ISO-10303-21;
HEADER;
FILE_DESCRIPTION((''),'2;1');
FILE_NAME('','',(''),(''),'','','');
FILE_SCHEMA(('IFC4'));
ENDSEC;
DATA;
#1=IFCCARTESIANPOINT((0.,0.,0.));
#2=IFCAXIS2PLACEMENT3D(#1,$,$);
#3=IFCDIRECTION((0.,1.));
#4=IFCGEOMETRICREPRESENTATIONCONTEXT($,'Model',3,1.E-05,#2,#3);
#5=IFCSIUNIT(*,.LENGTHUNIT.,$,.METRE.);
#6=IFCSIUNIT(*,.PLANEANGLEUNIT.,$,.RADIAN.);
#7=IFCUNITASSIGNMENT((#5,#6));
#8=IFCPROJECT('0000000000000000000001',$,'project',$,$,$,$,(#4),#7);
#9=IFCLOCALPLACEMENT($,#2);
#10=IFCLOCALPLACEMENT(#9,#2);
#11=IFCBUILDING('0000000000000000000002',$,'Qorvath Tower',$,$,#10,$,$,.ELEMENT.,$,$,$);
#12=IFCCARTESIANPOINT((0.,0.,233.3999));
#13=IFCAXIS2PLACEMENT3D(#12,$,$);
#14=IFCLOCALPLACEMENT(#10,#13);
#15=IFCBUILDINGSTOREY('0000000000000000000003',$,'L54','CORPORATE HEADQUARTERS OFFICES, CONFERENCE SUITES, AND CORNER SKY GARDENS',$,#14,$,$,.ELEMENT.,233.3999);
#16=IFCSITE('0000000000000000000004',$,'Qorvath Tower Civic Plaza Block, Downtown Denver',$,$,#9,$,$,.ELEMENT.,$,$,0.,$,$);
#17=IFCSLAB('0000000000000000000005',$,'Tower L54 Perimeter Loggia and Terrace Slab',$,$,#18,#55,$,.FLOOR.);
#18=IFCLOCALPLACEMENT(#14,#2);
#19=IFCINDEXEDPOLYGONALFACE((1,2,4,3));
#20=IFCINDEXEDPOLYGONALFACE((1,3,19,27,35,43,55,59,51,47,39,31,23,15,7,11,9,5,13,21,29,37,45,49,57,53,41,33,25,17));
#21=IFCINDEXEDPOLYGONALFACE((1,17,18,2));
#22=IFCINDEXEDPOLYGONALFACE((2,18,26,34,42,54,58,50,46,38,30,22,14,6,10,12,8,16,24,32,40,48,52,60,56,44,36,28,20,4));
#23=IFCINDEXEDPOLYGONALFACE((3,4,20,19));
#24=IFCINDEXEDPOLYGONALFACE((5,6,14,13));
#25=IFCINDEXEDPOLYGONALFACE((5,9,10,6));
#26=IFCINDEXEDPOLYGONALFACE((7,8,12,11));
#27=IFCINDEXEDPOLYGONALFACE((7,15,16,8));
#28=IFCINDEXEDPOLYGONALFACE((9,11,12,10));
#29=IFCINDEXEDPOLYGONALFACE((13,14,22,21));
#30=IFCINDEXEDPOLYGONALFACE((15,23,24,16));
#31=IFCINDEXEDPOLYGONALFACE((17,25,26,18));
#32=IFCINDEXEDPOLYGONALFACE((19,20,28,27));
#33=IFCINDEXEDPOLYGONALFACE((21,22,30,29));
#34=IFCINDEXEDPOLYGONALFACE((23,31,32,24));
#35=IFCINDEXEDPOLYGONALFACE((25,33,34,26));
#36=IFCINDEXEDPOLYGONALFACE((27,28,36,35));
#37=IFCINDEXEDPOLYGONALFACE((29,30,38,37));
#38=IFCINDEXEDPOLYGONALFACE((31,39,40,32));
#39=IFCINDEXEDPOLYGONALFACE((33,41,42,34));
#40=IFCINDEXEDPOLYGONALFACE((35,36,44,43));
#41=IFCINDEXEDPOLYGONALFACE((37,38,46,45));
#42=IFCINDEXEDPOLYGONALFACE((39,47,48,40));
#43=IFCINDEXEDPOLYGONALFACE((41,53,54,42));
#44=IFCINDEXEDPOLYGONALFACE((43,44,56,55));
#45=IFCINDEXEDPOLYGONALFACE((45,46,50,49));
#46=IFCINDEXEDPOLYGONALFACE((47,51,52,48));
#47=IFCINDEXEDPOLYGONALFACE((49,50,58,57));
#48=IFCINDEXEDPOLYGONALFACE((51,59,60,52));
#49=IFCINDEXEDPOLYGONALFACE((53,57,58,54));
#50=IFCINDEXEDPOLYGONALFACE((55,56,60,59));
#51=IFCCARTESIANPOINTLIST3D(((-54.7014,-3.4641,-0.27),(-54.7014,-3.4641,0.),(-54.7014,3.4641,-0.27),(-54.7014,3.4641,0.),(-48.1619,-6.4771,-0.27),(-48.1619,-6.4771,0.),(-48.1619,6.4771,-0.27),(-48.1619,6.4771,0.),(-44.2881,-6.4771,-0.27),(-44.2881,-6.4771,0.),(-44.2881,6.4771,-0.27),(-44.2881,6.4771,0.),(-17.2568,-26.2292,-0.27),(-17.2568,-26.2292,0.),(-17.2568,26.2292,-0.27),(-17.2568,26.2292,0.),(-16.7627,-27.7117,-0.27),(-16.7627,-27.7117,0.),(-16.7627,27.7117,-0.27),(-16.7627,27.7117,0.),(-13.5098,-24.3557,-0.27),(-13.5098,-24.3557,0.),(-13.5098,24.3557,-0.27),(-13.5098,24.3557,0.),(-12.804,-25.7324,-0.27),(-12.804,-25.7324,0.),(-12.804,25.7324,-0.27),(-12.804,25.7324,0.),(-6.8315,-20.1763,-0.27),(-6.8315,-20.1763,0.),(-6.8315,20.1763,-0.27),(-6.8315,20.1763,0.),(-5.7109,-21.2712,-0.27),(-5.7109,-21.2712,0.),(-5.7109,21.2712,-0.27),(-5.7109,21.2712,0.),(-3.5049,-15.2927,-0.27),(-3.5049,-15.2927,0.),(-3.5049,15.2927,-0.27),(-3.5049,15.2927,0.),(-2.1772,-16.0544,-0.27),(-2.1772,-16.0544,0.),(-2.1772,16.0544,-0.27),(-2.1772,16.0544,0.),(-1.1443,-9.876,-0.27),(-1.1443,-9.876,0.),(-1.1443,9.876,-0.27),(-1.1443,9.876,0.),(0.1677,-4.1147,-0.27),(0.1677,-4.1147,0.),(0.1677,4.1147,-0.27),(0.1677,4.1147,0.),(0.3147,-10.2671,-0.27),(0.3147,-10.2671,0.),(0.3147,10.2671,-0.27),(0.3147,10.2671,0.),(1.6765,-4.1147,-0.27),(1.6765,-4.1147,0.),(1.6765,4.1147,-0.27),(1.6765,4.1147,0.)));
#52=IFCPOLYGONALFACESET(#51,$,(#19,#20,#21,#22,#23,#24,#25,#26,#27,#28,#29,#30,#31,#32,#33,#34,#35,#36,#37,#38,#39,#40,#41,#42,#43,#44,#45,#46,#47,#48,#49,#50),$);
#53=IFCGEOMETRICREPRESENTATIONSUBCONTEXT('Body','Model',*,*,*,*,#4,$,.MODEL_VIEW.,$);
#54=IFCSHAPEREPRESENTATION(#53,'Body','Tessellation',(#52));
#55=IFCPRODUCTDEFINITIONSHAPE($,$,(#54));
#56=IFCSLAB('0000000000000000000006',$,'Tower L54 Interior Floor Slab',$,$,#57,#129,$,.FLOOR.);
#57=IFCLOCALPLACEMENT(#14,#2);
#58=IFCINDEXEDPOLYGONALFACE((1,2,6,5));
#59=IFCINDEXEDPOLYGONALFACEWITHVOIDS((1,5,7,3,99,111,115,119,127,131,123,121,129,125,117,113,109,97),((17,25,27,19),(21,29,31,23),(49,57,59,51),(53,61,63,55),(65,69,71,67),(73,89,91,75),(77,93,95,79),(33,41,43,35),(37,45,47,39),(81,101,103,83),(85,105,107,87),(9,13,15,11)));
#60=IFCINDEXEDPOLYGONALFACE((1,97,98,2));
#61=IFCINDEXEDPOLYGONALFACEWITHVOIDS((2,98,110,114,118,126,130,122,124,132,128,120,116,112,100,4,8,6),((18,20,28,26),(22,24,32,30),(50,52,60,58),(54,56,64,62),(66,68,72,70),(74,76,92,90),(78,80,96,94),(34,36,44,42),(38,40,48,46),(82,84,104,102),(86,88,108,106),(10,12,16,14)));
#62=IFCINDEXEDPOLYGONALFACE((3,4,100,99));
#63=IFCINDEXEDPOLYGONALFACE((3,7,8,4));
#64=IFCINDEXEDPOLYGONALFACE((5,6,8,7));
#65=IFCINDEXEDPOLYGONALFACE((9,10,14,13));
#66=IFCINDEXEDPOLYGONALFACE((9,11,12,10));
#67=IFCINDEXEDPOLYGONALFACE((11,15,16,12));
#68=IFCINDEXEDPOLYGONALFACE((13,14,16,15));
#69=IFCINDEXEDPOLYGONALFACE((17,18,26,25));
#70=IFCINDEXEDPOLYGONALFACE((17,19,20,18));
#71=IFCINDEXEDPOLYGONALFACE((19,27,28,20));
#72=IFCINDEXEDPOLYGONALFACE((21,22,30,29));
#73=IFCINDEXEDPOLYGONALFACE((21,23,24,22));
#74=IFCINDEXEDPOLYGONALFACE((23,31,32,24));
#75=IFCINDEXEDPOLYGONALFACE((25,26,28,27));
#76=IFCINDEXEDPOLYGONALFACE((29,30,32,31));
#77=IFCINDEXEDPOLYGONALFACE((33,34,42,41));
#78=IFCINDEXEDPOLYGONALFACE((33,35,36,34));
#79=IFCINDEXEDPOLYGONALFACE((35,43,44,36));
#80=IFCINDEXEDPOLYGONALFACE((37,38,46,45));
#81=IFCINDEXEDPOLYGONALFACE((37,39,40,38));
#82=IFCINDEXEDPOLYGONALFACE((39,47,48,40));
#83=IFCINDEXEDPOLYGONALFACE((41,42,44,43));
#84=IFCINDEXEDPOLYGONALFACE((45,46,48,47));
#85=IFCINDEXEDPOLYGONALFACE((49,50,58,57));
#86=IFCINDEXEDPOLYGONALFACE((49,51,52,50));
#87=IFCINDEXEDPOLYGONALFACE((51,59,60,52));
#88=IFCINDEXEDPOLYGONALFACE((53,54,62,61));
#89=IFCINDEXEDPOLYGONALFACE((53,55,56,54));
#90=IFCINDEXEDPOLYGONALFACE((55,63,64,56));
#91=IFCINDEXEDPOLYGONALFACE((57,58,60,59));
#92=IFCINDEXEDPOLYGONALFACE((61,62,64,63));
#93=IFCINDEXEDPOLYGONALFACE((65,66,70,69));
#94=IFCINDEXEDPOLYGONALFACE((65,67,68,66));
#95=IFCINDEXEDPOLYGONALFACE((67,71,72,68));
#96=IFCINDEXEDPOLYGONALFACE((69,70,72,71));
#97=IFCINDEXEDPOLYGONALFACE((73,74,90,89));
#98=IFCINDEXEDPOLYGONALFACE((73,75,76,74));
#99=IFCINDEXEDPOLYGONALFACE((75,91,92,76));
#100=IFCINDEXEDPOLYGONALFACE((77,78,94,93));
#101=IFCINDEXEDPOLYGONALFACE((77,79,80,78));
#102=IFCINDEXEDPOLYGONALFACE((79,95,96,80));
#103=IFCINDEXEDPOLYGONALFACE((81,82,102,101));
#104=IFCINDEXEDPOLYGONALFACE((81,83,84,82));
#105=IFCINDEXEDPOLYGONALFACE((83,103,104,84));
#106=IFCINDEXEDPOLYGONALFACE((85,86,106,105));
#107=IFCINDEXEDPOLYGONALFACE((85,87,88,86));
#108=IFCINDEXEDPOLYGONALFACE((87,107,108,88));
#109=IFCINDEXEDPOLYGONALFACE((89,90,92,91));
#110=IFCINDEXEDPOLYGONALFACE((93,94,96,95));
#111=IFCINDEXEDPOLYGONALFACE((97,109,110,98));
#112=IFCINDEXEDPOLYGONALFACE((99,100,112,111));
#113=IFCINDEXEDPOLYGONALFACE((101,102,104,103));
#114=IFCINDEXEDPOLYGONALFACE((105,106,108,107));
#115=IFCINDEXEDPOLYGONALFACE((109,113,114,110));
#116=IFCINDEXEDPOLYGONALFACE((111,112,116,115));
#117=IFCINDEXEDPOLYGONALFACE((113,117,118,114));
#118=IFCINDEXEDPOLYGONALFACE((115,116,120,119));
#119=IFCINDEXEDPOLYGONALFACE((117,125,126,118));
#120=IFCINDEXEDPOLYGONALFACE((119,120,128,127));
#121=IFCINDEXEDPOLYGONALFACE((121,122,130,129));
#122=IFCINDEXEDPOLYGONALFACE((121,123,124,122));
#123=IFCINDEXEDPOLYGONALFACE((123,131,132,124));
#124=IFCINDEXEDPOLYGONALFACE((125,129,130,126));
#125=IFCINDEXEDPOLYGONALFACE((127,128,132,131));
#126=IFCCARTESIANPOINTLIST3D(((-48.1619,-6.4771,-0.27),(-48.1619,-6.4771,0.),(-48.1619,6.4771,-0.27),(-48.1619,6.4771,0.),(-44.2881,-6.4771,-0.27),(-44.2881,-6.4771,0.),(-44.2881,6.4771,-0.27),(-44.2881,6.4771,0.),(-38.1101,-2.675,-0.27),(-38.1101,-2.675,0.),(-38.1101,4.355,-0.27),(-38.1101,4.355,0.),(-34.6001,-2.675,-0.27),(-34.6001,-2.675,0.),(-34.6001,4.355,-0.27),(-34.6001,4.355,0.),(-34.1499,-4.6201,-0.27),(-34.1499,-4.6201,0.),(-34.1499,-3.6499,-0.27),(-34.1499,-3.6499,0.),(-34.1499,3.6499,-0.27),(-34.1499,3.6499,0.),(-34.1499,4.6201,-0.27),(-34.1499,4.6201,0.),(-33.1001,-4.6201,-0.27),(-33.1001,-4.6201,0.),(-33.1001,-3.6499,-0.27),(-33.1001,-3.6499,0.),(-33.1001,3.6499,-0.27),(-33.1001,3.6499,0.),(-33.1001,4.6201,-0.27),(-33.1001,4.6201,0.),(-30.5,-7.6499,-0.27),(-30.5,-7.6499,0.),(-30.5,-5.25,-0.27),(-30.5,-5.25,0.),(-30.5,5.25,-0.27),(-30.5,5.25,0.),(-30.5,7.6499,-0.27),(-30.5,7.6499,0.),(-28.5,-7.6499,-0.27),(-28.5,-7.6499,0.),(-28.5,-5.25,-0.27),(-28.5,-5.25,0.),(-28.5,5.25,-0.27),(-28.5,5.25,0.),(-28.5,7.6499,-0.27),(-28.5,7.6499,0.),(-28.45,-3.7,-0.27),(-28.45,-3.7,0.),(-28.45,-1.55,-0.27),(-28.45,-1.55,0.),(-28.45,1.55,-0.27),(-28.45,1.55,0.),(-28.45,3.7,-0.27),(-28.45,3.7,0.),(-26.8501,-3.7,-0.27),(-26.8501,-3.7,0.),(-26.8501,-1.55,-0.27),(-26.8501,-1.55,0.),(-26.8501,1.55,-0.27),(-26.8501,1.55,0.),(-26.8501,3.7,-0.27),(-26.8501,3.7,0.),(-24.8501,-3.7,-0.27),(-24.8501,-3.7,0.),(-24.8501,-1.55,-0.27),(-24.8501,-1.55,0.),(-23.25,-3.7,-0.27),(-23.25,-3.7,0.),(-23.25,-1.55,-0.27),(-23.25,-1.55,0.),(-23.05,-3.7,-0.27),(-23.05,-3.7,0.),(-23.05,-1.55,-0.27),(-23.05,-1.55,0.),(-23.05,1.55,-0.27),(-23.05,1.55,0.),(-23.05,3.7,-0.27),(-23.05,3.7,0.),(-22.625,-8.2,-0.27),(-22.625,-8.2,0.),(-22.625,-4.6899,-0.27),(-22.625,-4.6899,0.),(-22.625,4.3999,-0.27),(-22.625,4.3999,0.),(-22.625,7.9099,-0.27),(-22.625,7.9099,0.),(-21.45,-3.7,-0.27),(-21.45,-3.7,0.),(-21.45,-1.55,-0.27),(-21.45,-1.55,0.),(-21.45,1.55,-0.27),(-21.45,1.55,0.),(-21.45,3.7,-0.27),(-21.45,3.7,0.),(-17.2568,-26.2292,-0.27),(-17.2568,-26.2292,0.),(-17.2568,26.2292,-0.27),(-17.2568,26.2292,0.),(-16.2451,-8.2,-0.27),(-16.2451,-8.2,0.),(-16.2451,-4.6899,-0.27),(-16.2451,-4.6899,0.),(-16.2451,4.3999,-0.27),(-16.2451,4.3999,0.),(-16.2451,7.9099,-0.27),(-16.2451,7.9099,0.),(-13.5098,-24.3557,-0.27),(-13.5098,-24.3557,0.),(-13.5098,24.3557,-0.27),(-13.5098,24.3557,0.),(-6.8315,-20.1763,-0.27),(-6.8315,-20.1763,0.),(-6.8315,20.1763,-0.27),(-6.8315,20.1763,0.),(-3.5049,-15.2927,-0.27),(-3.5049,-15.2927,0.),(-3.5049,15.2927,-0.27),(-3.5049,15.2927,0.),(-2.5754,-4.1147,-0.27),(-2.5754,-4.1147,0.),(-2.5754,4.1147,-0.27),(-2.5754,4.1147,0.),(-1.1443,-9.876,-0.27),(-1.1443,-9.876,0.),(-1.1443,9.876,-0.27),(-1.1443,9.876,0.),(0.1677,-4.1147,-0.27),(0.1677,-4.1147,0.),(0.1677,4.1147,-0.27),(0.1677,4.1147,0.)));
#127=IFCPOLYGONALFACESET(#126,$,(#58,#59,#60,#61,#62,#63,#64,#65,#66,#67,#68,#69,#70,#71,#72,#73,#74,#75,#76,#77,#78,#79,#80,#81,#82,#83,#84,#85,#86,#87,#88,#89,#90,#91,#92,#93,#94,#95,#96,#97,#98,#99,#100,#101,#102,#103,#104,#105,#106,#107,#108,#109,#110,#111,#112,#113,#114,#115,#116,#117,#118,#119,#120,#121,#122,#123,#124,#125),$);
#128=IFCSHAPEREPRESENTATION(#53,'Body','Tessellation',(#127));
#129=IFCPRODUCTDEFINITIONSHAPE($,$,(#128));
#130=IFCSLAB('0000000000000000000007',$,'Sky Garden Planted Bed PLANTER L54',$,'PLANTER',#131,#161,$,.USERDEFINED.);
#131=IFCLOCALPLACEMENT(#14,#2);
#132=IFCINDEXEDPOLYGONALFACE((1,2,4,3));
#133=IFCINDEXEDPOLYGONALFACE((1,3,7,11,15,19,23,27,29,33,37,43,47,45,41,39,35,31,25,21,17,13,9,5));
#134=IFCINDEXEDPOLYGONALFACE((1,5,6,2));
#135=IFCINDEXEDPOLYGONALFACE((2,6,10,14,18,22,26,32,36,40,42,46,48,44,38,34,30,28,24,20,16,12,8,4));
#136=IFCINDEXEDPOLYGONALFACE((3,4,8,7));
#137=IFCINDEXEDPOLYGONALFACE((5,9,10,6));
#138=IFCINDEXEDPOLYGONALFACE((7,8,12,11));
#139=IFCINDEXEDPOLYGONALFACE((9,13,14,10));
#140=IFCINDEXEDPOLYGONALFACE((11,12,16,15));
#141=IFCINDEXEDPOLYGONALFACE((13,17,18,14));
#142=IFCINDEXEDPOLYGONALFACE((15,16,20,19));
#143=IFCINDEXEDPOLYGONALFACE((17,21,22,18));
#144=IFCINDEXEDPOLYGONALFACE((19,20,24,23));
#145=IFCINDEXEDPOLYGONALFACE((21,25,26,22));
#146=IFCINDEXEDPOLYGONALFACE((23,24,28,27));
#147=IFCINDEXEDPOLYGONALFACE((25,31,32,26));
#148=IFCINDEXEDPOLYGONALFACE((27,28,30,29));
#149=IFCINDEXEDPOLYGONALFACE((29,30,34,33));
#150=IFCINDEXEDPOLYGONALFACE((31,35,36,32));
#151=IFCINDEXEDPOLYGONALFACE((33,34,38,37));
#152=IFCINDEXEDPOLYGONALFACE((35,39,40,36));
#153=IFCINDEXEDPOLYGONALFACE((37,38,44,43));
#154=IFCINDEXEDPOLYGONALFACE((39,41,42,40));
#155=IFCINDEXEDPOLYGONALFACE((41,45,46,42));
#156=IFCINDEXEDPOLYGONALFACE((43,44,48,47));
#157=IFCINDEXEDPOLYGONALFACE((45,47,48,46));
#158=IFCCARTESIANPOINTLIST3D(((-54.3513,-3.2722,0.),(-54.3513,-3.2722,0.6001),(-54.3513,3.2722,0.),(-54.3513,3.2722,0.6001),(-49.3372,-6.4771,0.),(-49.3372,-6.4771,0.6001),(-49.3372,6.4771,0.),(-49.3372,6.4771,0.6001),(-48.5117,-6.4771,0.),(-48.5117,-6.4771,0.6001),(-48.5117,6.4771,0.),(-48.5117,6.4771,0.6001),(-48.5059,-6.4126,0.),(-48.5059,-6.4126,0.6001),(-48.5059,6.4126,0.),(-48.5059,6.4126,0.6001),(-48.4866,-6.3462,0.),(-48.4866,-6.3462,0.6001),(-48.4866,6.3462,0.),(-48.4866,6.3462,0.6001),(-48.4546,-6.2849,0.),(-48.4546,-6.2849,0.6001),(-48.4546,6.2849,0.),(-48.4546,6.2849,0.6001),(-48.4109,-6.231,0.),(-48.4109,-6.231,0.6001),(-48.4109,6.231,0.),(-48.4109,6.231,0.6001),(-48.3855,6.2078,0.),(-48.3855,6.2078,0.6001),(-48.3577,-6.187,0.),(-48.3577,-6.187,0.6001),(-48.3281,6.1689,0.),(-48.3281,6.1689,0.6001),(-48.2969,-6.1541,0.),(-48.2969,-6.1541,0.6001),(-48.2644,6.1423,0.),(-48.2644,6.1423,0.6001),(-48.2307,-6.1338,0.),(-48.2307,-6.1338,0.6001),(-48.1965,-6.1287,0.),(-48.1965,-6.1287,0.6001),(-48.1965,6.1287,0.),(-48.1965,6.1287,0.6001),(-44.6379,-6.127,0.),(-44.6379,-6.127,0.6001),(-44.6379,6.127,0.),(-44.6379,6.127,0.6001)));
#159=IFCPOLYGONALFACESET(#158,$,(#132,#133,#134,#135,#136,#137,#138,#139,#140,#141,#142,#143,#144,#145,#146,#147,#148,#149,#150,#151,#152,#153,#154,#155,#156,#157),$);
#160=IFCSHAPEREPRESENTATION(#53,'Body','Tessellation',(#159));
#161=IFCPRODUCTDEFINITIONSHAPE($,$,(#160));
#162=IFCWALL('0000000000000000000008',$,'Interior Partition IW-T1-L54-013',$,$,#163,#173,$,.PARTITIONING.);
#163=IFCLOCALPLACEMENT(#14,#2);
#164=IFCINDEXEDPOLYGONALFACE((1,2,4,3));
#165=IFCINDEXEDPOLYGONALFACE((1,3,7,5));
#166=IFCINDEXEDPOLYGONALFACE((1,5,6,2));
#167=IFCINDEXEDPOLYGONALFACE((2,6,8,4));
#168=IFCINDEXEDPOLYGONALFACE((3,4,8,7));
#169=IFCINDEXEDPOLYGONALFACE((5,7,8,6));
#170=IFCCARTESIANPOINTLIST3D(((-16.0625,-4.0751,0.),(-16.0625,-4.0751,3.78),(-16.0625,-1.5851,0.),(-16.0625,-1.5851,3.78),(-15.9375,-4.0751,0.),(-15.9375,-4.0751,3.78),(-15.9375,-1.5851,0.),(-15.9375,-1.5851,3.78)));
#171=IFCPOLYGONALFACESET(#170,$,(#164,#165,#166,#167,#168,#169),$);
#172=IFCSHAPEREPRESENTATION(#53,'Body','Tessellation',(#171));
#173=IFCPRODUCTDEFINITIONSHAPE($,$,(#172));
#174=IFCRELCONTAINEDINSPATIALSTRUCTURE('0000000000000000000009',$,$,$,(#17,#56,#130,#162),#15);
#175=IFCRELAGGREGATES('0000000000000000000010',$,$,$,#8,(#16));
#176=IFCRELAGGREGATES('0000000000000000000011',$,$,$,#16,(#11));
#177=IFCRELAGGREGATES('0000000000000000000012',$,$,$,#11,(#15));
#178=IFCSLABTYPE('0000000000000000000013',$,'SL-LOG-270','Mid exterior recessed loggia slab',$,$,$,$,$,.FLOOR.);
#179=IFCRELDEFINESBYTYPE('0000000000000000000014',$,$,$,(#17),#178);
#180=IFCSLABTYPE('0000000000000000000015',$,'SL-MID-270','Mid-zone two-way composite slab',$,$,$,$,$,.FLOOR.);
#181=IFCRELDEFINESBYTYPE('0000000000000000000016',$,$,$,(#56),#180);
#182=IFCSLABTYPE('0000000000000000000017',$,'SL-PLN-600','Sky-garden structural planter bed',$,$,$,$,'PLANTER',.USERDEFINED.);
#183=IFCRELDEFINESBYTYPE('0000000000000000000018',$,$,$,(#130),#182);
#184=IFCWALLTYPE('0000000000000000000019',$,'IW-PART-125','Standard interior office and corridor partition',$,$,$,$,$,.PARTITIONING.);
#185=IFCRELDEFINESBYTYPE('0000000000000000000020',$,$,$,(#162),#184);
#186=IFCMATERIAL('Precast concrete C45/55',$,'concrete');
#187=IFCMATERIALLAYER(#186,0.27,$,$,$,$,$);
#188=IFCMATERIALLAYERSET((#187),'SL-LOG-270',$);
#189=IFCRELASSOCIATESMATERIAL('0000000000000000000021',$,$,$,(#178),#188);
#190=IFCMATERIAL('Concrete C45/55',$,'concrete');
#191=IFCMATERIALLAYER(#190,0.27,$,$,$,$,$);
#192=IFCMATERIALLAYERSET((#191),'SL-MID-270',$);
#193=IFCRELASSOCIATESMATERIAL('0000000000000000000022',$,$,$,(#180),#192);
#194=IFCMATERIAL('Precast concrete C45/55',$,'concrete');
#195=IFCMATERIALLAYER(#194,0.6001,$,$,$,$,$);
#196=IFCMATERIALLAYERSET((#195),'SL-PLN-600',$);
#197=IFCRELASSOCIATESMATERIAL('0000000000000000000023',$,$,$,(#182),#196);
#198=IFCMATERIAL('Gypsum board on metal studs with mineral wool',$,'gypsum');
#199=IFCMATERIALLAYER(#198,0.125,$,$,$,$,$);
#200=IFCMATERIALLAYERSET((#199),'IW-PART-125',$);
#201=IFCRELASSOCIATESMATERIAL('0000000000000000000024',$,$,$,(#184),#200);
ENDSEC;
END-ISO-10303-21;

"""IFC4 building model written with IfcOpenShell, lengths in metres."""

from ifc_helpers import new_model, si_unit, direction, frame, frame_2d, origin, place, context, subcontext, project, spatial, polyline, rectangle, outline, extrude, material, layer, layer_set, type_object, element, save


model = new_model("IFC4")

# Units and contexts
model_context = context("Model", 3, precision=1e-05, world=origin(), true_north=direction((0.0, 1.0)))
body_context = subcontext(model_context, "Body", "Model", "MODEL_VIEW")
ifc_project = project(units=[si_unit("LENGTHUNIT", "METRE"), si_unit("PLANEANGLEUNIT", "RADIAN")], contexts=[model_context])

# Site, building, storey
site_placement = place(None, origin())
site = spatial("IfcSite", under=ifc_project, at=site_placement, Name="Qorvath Tower Civic Plaza Block, Downtown Denver", CompositionType="ELEMENT", RefElevation=0.0)
building_placement = place(site_placement, origin())
building = spatial("IfcBuilding", under=site, at=building_placement, Name="Qorvath Tower", CompositionType="ELEMENT")
storey_placement = place(building_placement, frame((0.0, 0.0, 233.3999)))
storey = spatial("IfcBuildingStorey", under=building, at=storey_placement, Name="L54", Description="CORPORATE HEADQUARTERS OFFICES, CONFERENCE SUITES, AND CORNER SKY GARDENS", CompositionType="ELEMENT", Elevation=233.3999)

# Slabs
ifc_material_1 = material(Name="Precast concrete C45/55", Category="concrete")
ifc_layer_1 = layer(ifc_material_1, 0.27)
ifc_layer_set_1 = layer_set([ifc_layer_1], Name="SL-LOG-270")
slab_type_1 = type_object("IfcSlabType", Name="SL-LOG-270", Description="Mid exterior recessed loggia slab", PredefinedType="FLOOR", material=ifc_layer_set_1)
slab_1_placement = place(storey_placement, frame((0.0, 0.0, -0.27)))
element("IfcSlab", 1, at=slab_1_placement, inside=storey, type_object=slab_type_1, Name="Tower L54 Perimeter Loggia and Terrace Slab", PredefinedType="FLOOR", context=body_context, shape_type="SweptSolid", body=[
    extrude(outline(polyline([(0.1677, -4.1147), (-1.1443, -9.876), (-3.5049, -15.2927), (-6.8315, -20.1763), (-13.5098, -24.3557), (-17.2568, -26.2292), (-48.1619, -6.4771), (-44.2881, -6.4771), (-44.2881, 6.4771), (-48.1619, 6.4771), (-17.2568, 26.2292), (-13.5098, 24.3557), (-6.8315, 20.1763), (-3.5049, 15.2927), (-1.1443, 9.876), (0.1677, 4.1147), (1.6765, 4.1147), (0.3147, 10.2671), (-2.1772, 16.0544), (-5.7109, 21.2712), (-12.804, 25.7324), (-16.7627, 27.7117), (-54.7014, 3.4641), (-54.7014, -3.4641), (-16.7627, -27.7117), (-12.804, -25.7324), (-5.7109, -21.2712), (-2.1772, -16.0544), (0.3147, -10.2671), (1.6765, -4.1147), (0.1677, -4.1147)])), origin(), (0.0, 0.0, 1.0), 0.27),
])
ifc_material_2 = material(Name="Concrete C45/55", Category="concrete")
ifc_layer_2 = layer(ifc_material_2, 0.27)
ifc_layer_set_2 = layer_set([ifc_layer_2], Name="SL-MID-270")
slab_type_2 = type_object("IfcSlabType", Name="SL-MID-270", Description="Mid-zone two-way composite slab", PredefinedType="FLOOR", material=ifc_layer_set_2)
slab_2_placement = place(storey_placement, frame((0.0, 0.0, -0.27)))
element("IfcSlab", 2, at=slab_2_placement, inside=storey, type_object=slab_type_2, Name="Tower L54 Interior Floor Slab", PredefinedType="FLOOR", context=body_context, shape_type="SweptSolid", body=[
    extrude(outline(polyline([(-17.2568, 26.2292), (-48.1619, 6.4771), (-44.2881, 6.4771), (-44.2881, -6.4771), (-48.1619, -6.4771), (-17.2568, -26.2292), (-13.5098, -24.3557), (-6.8315, -20.1763), (-3.5049, -15.2927), (-1.1443, -9.876), (0.1677, -4.1147), (-2.5754, -4.1147), (-2.5754, 4.1147), (0.1677, 4.1147), (-1.1443, 9.876), (-3.5049, 15.2927), (-6.8315, 20.1763), (-13.5098, 24.3557), (-17.2568, 26.2292)]), holes=[polyline([(-16.2451, -8.2), (-22.625, -8.2), (-22.625, -4.6899), (-16.2451, -4.6899), (-16.2451, -8.2)]), polyline([(-22.625, 4.3999), (-22.625, 7.9099), (-16.2451, 7.9099), (-16.2451, 4.3999), (-22.625, 4.3999)]), polyline([(-21.45, -3.7), (-23.05, -3.7), (-23.05, -1.55), (-21.45, -1.55), (-21.45, -3.7)]), polyline([(-23.05, 1.55), (-23.05, 3.7), (-21.45, 3.7), (-21.45, 1.55), (-23.05, 1.55)]), polyline([(-24.8501, -3.7), (-24.8501, -1.55), (-23.25, -1.55), (-23.25, -3.7), (-24.8501, -3.7)]), polyline([(-28.45, -3.7), (-28.45, -1.55), (-26.8501, -1.55), (-26.8501, -3.7), (-28.45, -3.7)]), polyline([(-26.8501, 1.55), (-28.45, 1.55), (-28.45, 3.7), (-26.8501, 3.7), (-26.8501, 1.55)]), polyline([(-28.5, -7.6499), (-30.5, -7.6499), (-30.5, -5.25), (-28.5, -5.25), (-28.5, -7.6499)]), polyline([(-30.5, 5.25), (-30.5, 7.6499), (-28.5, 7.6499), (-28.5, 5.25), (-30.5, 5.25)]), polyline([(-34.1499, -4.6201), (-34.1499, -3.6499), (-33.1001, -3.6499), (-33.1001, -4.6201), (-34.1499, -4.6201)]), polyline([(-34.1499, 3.6499), (-34.1499, 4.6201), (-33.1001, 4.6201), (-33.1001, 3.6499), (-34.1499, 3.6499)]), polyline([(-34.6001, -2.675), (-38.1101, -2.675), (-38.1101, 4.355), (-34.6001, 4.355), (-34.6001, -2.675)])]), origin(), (0.0, 0.0, 1.0), 0.27),
])
ifc_material_3 = material(Name="Precast concrete C45/55", Category="concrete")
ifc_layer_3 = layer(ifc_material_3, 0.6001)
ifc_layer_set_3 = layer_set([ifc_layer_3], Name="SL-PLN-600")
slab_type_3 = type_object("IfcSlabType", Name="SL-PLN-600", Description="Sky-garden structural planter bed", ElementType="PLANTER", PredefinedType="USERDEFINED", material=ifc_layer_set_3)
slab_3_placement = place(storey_placement, origin())
element("IfcSlab", 3, at=slab_3_placement, inside=storey, type_object=slab_type_3, Name="Sky Garden Planted Bed PLANTER L54", ObjectType="PLANTER", PredefinedType="USERDEFINED", context=body_context, shape_type="SweptSolid", body=[
    extrude(outline(polyline([(-49.3372, 6.4771), (-54.3513, 3.2722), (-54.3513, -3.2722), (-49.3372, -6.4771), (-48.5117, -6.4771), (-48.5059, -6.4126), (-48.4866, -6.3462), (-48.4546, -6.2849), (-48.4109, -6.231), (-48.3577, -6.187), (-48.2969, -6.1541), (-48.2307, -6.1338), (-48.1965, -6.1287), (-44.6379, -6.127), (-44.6379, 6.127), (-48.1965, 6.1287), (-48.2644, 6.1423), (-48.3281, 6.1689), (-48.3855, 6.2078), (-48.4109, 6.231), (-48.4546, 6.2849), (-48.4866, 6.3462), (-48.5059, 6.4126), (-48.5117, 6.4771), (-49.3372, 6.4771)])), origin(), (0.0, 0.0, 1.0), 0.6001),
])

# Wall
ifc_material_4 = material(Name="Gypsum board on metal studs with mineral wool", Category="gypsum")
ifc_layer_4 = layer(ifc_material_4, 0.125)
ifc_layer_set_4 = layer_set([ifc_layer_4], Name="IW-PART-125")
wall_type_1 = type_object("IfcWallType", Name="IW-PART-125", Description="Standard interior office and corridor partition", PredefinedType="PARTITIONING", material=ifc_layer_set_4)
wall_1_placement = place(storey_placement, frame((-16.0, -4.0752, 0.0), z_axis=(0.0, 0.0, 1.0), x_axis=(0.0, 1.0, 0.0)))
element("IfcWall", 4, at=wall_1_placement, inside=storey, type_object=wall_type_1, Name="Interior Partition IW-T1-L54-013", PredefinedType="PARTITIONING", context=body_context, shape_type="SweptSolid", body=[
    extrude(rectangle(XDim=2.49, YDim=0.125, at=frame_2d((1.2451, 0.0))), origin(), (0.0, 0.0, 1.0), 3.78),
])

save(model, "model.ifc")
